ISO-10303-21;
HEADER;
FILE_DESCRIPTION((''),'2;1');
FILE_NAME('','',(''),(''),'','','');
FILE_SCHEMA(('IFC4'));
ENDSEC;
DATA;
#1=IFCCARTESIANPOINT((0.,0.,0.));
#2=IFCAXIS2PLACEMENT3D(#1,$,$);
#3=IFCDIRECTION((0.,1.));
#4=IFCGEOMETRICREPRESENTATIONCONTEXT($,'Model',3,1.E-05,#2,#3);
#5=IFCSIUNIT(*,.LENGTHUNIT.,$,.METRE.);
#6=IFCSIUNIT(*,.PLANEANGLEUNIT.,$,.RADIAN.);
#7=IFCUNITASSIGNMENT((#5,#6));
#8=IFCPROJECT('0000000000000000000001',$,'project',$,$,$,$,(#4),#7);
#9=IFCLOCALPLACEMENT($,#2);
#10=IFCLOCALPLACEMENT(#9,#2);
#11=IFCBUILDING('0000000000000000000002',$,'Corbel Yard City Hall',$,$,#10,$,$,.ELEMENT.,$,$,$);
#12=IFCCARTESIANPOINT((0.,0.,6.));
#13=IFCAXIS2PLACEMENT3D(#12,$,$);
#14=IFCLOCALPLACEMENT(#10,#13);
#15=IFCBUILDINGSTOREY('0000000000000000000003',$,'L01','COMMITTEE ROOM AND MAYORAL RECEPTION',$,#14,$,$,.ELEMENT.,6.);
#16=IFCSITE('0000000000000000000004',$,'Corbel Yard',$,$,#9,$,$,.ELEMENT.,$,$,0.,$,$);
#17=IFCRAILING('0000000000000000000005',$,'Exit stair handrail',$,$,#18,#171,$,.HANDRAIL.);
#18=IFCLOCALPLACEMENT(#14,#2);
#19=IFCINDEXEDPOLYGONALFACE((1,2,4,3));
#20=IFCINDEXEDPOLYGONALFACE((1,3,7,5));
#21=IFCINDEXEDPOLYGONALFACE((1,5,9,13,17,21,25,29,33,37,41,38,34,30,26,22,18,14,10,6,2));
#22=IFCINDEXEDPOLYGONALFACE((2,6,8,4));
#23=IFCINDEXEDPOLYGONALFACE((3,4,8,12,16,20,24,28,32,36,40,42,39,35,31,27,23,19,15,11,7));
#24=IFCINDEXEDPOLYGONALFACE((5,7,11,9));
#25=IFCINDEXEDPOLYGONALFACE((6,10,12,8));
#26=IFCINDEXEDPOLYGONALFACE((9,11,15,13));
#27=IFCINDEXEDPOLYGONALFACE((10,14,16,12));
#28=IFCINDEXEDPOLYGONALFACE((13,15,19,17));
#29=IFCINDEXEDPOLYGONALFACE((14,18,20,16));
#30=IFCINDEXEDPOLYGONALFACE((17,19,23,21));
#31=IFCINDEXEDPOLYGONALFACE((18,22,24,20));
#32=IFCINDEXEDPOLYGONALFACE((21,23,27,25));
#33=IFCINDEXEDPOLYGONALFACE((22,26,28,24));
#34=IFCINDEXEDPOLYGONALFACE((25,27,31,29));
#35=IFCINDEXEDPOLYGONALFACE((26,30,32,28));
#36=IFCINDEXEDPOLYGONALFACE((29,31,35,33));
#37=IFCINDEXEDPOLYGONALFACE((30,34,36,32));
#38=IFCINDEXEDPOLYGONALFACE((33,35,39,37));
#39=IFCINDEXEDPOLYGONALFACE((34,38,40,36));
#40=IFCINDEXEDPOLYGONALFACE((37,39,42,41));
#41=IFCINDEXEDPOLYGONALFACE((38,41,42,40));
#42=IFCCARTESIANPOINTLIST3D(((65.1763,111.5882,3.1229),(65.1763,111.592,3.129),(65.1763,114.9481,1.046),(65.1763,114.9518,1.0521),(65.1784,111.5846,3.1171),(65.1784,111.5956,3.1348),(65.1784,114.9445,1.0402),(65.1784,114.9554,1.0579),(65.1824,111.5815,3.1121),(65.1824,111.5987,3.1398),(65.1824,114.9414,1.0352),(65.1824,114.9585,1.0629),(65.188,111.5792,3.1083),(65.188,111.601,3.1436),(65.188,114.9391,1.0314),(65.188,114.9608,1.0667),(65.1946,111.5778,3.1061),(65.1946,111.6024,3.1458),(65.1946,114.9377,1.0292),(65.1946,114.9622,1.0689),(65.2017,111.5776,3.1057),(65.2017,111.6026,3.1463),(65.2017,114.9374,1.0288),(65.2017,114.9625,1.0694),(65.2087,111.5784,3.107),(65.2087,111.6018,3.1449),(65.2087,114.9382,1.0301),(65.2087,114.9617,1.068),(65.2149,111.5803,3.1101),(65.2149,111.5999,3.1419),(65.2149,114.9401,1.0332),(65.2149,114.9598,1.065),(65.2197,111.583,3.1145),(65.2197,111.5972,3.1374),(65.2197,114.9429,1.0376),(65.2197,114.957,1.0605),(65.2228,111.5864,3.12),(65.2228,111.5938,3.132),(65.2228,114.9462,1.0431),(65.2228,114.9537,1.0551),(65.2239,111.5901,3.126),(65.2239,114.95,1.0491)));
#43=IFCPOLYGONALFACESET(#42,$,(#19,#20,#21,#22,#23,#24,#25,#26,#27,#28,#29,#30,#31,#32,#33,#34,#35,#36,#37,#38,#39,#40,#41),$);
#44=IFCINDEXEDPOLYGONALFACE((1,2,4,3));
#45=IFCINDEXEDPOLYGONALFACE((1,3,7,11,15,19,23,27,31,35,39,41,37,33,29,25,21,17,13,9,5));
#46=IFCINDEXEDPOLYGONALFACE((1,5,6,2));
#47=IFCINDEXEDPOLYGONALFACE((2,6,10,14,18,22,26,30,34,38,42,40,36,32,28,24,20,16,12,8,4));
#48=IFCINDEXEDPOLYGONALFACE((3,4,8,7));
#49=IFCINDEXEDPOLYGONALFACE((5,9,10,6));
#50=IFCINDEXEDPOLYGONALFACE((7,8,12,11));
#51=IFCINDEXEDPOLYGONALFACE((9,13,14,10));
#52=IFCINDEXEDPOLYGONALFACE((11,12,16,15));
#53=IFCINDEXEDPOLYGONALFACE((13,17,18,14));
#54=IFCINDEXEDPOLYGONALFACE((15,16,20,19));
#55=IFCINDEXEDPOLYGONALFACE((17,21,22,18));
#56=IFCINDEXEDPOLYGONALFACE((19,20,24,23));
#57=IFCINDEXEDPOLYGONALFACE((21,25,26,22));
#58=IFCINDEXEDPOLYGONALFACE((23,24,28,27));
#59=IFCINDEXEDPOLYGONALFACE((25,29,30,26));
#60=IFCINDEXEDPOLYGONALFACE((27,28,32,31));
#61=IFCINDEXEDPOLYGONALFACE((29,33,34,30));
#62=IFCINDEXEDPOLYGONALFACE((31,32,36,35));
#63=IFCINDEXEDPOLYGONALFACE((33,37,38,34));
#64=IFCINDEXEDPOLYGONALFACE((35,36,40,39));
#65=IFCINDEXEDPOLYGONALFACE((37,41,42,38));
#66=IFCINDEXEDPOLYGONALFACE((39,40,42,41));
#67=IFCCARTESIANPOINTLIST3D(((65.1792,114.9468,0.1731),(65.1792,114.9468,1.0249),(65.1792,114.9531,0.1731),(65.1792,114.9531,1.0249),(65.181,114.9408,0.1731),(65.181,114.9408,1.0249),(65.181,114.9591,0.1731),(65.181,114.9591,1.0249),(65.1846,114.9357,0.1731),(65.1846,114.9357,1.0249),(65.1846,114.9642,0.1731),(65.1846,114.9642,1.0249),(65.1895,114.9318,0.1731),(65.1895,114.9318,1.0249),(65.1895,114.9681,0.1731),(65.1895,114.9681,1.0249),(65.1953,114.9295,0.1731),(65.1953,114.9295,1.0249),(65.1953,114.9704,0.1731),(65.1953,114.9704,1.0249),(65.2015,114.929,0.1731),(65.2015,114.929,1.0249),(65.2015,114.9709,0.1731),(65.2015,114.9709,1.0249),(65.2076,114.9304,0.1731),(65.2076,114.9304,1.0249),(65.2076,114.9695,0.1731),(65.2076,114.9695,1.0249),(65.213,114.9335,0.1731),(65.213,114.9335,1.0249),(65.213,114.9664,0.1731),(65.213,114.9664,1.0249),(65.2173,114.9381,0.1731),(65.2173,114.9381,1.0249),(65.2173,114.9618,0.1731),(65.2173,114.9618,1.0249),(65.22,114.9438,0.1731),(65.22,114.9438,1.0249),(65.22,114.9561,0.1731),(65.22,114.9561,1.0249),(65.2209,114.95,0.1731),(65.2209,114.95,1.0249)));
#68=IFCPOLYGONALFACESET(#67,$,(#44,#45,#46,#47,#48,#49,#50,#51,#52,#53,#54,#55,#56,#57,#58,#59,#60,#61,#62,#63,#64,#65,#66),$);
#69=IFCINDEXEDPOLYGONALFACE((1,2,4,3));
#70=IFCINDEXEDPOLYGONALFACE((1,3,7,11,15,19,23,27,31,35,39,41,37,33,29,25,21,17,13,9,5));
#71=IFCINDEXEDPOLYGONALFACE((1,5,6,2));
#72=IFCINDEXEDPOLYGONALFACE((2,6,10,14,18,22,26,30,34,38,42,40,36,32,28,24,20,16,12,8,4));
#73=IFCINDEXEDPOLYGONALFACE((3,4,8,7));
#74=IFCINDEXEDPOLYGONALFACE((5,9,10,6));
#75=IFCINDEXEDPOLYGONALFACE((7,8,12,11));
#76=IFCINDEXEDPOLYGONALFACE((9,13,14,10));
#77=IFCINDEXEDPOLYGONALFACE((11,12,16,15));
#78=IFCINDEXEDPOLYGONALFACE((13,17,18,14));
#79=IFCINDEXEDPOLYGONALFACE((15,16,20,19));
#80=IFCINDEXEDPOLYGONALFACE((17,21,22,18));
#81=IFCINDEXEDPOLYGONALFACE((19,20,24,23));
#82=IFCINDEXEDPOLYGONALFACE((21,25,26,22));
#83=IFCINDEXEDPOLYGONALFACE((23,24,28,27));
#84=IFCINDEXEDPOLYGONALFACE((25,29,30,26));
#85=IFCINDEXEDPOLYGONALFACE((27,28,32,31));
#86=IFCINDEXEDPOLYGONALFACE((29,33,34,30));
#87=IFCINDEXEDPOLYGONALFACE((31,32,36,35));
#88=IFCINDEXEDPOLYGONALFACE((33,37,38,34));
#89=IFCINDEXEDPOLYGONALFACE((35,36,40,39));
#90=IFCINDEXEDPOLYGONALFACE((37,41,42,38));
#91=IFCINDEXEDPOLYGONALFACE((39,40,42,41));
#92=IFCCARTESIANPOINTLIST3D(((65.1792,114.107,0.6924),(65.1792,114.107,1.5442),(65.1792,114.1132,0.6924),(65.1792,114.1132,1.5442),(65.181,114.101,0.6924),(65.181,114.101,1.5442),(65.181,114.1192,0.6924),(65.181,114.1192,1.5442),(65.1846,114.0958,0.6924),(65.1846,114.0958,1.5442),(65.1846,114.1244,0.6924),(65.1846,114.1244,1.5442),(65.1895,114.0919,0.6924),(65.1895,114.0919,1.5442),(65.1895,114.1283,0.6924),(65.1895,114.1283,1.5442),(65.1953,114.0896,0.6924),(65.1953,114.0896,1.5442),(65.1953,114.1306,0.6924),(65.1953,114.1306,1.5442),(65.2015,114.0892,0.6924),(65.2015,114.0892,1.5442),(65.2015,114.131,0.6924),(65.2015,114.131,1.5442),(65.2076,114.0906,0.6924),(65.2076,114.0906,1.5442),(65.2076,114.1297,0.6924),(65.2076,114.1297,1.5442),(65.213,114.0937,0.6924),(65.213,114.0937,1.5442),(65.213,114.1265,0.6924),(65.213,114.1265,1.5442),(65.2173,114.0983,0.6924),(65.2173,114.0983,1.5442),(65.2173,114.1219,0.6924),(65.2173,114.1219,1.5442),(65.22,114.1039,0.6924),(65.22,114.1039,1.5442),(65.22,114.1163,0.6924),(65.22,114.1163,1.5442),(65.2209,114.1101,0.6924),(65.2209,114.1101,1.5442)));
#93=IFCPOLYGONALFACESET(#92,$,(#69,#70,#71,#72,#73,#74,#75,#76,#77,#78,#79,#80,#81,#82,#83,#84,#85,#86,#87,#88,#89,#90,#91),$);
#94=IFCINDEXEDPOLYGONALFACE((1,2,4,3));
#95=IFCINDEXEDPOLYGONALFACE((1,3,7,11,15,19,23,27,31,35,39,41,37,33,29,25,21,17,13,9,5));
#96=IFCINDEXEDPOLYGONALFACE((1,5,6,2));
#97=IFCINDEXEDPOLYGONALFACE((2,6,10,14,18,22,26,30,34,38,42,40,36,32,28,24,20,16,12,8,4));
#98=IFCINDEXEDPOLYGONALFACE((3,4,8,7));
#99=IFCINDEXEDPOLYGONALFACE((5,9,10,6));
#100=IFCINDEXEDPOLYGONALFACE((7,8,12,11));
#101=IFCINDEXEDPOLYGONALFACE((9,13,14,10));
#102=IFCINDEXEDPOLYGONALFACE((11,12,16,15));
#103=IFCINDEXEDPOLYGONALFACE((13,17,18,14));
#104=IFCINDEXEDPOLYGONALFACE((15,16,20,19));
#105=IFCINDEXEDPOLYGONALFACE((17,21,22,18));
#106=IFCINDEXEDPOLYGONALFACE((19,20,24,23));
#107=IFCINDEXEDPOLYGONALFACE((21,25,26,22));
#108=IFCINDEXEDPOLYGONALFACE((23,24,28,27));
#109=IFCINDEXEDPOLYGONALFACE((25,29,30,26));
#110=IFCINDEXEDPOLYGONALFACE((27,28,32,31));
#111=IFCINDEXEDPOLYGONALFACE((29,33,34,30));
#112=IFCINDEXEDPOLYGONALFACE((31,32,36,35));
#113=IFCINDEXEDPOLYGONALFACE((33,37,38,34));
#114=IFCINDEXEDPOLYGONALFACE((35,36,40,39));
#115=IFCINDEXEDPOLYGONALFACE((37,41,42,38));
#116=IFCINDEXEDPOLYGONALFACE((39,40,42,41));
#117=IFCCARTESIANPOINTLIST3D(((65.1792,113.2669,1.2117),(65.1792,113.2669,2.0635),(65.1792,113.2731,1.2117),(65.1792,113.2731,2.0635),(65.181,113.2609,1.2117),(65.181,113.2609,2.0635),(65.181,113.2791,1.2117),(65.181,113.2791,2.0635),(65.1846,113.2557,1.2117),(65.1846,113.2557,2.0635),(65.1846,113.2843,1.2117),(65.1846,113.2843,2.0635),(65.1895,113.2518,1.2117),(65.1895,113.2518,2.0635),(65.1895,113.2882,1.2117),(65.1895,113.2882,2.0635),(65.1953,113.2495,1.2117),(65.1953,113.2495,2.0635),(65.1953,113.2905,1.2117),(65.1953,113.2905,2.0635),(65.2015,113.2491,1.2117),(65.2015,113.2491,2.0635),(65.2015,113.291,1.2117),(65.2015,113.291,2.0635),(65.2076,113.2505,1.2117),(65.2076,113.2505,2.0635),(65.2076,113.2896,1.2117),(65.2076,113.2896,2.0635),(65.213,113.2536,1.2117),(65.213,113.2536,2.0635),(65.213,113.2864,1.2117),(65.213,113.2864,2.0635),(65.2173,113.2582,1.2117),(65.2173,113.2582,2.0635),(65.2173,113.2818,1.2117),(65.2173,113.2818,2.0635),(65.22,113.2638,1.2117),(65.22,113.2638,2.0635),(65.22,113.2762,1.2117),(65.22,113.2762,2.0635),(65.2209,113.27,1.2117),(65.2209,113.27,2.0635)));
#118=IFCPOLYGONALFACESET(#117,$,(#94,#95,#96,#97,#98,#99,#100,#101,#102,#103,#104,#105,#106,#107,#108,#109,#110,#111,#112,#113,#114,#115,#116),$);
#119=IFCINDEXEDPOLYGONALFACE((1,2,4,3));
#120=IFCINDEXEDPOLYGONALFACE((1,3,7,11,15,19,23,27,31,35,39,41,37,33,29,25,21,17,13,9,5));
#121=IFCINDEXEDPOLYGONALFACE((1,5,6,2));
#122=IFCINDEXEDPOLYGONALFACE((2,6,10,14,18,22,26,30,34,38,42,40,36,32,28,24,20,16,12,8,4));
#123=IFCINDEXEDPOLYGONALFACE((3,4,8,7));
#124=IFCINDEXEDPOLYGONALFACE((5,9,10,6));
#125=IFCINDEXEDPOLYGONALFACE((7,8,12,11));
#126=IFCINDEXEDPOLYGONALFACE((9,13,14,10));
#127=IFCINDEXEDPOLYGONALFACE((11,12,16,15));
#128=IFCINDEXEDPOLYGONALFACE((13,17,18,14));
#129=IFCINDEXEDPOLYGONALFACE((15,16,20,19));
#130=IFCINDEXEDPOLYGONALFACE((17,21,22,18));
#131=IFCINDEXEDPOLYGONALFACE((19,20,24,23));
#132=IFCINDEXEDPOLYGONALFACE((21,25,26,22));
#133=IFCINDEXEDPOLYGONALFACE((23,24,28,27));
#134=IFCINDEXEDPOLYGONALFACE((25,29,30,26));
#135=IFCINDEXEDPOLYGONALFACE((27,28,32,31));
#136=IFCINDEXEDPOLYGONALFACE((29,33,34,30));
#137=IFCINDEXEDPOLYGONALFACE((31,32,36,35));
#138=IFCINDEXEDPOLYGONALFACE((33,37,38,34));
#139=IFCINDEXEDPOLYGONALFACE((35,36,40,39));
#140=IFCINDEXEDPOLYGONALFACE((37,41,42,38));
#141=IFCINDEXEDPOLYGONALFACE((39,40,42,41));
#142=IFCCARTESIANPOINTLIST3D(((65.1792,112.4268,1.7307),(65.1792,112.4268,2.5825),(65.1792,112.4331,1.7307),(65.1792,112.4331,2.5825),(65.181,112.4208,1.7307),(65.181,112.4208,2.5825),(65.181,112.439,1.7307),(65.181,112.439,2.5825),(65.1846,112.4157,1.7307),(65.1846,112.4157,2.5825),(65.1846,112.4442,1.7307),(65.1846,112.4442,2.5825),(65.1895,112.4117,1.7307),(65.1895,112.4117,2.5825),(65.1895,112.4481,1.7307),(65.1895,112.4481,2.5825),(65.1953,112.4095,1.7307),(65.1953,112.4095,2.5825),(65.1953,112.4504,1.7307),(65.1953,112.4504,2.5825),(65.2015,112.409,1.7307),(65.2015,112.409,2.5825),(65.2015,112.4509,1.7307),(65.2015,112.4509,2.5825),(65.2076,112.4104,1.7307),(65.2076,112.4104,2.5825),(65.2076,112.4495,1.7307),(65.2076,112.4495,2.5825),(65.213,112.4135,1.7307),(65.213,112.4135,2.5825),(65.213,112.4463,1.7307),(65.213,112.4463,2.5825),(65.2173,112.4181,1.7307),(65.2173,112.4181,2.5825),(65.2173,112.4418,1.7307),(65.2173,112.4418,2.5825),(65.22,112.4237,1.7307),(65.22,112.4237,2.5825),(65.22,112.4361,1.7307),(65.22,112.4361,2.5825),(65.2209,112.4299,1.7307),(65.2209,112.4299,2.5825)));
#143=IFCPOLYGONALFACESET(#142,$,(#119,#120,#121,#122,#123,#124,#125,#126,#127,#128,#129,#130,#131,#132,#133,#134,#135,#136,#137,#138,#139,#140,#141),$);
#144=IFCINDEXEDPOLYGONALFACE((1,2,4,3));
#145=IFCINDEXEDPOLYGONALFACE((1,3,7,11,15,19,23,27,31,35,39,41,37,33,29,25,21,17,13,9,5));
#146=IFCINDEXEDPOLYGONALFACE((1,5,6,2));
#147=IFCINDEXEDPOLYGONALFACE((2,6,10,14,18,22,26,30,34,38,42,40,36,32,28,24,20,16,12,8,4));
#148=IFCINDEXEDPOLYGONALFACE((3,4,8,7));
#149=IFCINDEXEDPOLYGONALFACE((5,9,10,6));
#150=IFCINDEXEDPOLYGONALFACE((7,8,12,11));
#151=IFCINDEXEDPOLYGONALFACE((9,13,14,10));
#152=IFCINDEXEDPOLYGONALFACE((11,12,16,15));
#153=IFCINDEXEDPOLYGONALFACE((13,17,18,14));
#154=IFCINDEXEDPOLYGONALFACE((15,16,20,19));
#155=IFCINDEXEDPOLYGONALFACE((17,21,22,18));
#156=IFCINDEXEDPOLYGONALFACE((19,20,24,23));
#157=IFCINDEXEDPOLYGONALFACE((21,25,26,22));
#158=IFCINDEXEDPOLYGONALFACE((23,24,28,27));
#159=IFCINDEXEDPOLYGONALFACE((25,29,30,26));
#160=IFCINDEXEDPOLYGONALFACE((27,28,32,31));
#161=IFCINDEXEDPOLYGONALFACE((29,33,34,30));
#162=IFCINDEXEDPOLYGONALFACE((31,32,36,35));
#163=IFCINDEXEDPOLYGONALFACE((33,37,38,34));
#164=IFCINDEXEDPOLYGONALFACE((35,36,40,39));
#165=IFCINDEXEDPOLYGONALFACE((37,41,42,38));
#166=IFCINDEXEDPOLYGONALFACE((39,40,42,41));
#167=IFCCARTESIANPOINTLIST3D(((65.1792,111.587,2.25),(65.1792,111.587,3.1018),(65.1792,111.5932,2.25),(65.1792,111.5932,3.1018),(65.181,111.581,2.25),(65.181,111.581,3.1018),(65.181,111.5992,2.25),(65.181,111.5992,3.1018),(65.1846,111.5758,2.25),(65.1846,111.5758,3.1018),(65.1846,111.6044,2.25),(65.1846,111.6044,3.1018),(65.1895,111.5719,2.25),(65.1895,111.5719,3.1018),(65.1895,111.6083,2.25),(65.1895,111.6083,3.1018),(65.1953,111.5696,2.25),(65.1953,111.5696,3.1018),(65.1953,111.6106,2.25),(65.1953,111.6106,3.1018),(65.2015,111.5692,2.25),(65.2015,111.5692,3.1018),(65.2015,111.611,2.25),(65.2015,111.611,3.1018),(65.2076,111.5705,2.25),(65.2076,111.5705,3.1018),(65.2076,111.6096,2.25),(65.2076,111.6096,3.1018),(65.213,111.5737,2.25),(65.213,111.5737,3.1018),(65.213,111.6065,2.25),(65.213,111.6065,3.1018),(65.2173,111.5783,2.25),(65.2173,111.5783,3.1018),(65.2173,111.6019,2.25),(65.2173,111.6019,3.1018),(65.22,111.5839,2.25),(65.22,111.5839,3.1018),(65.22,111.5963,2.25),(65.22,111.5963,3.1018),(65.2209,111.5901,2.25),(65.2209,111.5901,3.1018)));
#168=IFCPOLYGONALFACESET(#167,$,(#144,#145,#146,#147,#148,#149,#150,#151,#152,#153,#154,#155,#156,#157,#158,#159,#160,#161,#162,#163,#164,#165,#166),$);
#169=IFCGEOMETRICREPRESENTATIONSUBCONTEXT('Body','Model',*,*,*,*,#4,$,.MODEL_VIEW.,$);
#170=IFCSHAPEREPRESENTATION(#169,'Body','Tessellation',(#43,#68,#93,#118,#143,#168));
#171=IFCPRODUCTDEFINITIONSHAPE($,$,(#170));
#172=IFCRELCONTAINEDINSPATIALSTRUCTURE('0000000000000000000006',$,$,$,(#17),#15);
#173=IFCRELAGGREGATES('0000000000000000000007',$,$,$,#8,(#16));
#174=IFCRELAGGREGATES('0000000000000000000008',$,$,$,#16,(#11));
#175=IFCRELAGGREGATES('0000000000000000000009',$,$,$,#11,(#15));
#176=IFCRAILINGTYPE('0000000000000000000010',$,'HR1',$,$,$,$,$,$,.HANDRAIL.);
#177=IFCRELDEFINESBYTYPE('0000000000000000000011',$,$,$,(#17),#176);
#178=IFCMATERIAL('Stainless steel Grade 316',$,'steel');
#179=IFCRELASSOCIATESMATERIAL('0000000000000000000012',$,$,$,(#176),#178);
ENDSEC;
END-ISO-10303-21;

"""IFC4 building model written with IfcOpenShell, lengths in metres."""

from ifc_helpers import new_model, si_unit, direction, frame, origin, origin_2d, place, context, subcontext, project, spatial, circle, extrude, material, type_object, element, save


model = new_model("IFC4")

# Units and contexts
model_context = context("Model", 3, precision=1e-05, world=origin(), true_north=direction((0.0, 1.0)))
body_context = subcontext(model_context, "Body", "Model", "MODEL_VIEW")
ifc_project = project(units=[si_unit("LENGTHUNIT", "METRE"), si_unit("PLANEANGLEUNIT", "RADIAN")], contexts=[model_context])

# Site, building, storey
site_placement = place(None, origin())
site = spatial("IfcSite", under=ifc_project, at=site_placement, Name="Corbel Yard", CompositionType="ELEMENT", RefElevation=0.0)
building_placement = place(site_placement, origin())
building = spatial("IfcBuilding", under=site, at=building_placement, Name="Corbel Yard City Hall", CompositionType="ELEMENT")
storey_placement = place(building_placement, frame((0.0, 0.0, 6.0)))
storey = spatial("IfcBuildingStorey", under=building, at=storey_placement, Name="L01", Description="COMMITTEE ROOM AND MAYORAL RECEPTION", CompositionType="ELEMENT", Elevation=6.0)

# Shared definitions
ifc_material_1 = material(Name="Stainless steel Grade 316", Category="steel")

# Railing
railing_type = type_object("IfcRailingType", Name="HR1", PredefinedType="HANDRAIL", material=ifc_material_1)
for number, where, name in (
    (1, (65.2, 114.95, 0.1731), "Exit stair handrail"),
):
    element("IfcRailing", number, at=place(storey_placement, frame(where)), inside=storey, type_object=railing_type, Name=name, PredefinedType="HANDRAIL", context=body_context, shape_type="SweptSolid", body=[
        extrude(circle(Radius=0.0239, at=origin_2d()), frame((0.0, 0.0, 0.876), z_axis=(0.0, -0.850606, 0.525803), x_axis=(1.0, 0.0, 0.0)), (0.0, 0.0, 1.0), 3.95),
        extrude(circle(Radius=0.021, at=origin_2d()), origin(), (0.0, 0.0, 1.0), 0.8518),
        extrude(circle(Radius=0.021, at=origin_2d()), frame((0.0, -0.8398, 0.5193)), (0.0, 0.0, 1.0), 0.8518),
        extrude(circle(Radius=0.021, at=origin_2d()), frame((0.0, -1.6799, 1.0386)), (0.0, 0.0, 1.0), 0.8518),
        extrude(circle(Radius=0.021, at=origin_2d()), frame((0.0, -2.52, 1.5576)), (0.0, 0.0, 1.0), 0.8518),
        extrude(circle(Radius=0.021, at=origin_2d()), frame((0.0, -3.3599, 2.0769)), (0.0, 0.0, 1.0), 0.8518),
    ])

save(model, "model.ifc")
